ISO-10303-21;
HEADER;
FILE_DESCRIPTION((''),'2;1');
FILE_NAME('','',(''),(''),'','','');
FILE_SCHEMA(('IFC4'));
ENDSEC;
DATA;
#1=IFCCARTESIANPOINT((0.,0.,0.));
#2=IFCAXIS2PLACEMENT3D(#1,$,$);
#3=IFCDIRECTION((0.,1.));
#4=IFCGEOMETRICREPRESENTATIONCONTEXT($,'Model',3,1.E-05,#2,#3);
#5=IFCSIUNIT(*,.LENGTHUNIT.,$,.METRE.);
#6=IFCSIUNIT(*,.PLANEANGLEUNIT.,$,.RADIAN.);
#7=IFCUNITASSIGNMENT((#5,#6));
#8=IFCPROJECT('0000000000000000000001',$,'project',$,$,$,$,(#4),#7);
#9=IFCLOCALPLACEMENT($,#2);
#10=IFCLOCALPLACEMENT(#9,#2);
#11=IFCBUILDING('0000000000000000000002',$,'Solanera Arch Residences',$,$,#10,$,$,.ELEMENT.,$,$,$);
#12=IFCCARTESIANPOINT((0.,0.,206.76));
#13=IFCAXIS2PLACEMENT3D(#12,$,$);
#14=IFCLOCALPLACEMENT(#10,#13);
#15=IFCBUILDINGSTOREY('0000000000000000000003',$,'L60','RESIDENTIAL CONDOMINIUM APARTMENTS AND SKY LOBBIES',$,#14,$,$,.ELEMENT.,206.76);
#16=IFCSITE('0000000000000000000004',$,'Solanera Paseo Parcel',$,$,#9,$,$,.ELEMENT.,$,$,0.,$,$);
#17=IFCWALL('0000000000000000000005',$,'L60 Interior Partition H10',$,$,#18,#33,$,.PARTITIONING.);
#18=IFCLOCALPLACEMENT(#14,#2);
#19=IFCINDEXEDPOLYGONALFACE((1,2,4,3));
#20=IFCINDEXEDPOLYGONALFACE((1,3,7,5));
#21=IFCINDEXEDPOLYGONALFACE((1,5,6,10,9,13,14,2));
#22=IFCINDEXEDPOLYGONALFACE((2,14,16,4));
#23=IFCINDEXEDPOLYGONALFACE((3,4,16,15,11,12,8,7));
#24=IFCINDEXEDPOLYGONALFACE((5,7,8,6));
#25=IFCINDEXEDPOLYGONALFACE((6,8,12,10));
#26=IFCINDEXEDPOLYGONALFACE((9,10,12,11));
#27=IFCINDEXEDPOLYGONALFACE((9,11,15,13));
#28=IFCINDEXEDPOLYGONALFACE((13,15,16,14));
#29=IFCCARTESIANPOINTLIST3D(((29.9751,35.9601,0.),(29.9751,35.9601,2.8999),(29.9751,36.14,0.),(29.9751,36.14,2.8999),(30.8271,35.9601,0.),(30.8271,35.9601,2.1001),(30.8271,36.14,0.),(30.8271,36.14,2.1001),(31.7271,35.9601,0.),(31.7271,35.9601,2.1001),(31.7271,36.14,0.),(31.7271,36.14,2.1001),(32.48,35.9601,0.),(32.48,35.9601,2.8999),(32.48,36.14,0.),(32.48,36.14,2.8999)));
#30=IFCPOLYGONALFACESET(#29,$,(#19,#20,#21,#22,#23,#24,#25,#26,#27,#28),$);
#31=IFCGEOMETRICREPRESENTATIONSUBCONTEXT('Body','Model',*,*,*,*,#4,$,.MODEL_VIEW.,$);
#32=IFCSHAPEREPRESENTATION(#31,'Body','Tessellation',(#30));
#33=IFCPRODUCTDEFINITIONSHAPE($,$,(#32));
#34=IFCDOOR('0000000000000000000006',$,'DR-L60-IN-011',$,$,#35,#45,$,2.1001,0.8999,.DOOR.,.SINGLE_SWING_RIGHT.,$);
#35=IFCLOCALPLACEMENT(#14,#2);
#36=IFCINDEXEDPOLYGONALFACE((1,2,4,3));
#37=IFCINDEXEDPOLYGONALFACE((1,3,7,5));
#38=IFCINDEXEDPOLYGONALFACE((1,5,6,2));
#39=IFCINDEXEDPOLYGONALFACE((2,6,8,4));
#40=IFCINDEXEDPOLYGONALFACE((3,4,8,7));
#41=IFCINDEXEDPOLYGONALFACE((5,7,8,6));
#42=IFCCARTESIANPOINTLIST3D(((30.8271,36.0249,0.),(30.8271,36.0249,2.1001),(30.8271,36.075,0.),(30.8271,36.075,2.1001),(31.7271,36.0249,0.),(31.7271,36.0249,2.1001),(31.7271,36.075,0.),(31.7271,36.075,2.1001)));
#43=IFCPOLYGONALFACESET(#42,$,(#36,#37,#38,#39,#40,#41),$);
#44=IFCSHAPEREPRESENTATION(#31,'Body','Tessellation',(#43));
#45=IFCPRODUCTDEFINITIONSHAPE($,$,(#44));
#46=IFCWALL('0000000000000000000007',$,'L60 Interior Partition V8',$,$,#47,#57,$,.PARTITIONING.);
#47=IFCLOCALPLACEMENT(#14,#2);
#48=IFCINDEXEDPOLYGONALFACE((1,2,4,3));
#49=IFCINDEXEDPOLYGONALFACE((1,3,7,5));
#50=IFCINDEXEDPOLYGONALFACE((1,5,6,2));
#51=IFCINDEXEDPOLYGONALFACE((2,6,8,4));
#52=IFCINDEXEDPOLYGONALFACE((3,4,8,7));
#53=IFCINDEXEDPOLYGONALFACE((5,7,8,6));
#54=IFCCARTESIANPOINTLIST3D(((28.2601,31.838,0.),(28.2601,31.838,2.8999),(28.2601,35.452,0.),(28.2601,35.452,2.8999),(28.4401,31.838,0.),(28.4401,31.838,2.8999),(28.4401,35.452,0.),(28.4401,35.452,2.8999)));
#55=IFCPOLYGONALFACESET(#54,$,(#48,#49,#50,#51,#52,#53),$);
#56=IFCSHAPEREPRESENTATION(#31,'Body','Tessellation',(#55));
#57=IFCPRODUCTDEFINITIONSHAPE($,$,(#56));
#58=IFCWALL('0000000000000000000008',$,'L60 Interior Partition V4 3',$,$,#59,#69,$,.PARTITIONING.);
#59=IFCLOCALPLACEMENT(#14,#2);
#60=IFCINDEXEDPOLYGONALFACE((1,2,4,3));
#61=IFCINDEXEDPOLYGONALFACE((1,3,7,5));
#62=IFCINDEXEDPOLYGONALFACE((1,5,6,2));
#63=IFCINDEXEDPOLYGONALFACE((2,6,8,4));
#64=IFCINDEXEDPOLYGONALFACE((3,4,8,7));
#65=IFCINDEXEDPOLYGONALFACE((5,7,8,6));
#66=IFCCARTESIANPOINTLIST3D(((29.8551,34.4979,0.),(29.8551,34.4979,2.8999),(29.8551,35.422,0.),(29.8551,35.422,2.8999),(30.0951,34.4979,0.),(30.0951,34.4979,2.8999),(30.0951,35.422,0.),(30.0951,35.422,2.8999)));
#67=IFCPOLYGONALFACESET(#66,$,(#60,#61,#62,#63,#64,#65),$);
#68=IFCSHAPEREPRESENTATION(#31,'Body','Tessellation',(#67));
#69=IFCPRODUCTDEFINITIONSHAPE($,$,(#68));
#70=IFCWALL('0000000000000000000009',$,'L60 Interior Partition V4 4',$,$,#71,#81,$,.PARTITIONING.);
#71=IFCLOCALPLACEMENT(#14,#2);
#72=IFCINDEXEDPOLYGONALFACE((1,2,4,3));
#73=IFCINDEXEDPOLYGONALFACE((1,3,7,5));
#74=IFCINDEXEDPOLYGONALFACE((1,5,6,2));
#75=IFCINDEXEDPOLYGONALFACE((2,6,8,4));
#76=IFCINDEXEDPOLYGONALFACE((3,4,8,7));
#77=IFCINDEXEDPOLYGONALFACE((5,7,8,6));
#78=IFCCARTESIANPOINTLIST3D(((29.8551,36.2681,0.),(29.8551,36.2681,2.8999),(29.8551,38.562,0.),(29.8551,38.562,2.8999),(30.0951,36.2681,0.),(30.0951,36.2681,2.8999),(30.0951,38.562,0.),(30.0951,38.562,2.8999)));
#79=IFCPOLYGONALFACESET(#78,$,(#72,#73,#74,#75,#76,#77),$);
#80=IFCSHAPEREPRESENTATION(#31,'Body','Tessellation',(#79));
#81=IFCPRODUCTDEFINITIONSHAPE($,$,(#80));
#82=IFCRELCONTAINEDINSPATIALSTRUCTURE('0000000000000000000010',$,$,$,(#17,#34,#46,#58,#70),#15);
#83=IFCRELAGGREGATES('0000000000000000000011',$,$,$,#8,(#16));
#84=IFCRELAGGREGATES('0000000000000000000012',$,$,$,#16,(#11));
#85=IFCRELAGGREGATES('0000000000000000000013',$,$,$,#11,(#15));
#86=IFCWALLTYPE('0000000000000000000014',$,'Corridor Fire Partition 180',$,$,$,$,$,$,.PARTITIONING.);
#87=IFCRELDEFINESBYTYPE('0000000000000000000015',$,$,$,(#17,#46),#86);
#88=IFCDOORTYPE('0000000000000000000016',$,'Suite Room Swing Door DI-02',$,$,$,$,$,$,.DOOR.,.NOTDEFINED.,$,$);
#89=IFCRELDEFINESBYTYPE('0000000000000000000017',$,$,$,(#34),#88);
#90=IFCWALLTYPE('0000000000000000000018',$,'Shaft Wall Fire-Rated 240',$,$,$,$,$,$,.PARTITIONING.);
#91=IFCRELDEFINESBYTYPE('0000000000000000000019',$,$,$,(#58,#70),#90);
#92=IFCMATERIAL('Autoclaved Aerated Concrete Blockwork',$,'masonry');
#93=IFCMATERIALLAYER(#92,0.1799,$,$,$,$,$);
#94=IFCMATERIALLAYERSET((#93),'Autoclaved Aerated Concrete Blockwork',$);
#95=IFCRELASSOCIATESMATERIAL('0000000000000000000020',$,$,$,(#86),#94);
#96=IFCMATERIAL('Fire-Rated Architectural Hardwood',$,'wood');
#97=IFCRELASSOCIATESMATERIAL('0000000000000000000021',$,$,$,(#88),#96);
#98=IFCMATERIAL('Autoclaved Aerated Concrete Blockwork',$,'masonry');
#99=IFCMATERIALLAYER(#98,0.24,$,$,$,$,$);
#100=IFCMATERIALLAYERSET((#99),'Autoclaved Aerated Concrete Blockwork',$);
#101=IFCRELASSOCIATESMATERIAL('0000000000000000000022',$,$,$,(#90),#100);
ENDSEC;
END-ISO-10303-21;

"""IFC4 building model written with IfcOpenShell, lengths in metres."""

from ifc_helpers import new_model, si_unit, direction, frame, frame_2d, origin, place, context, subcontext, project, spatial, rectangle, extrude, material, layer, layer_set, type_object, element, fill, save


model = new_model("IFC4")

# Units and contexts
model_context = context("Model", 3, precision=1e-05, world=origin(), true_north=direction((0.0, 1.0)))
body_context = subcontext(model_context, "Body", "Model", "MODEL_VIEW")
ifc_project = project(units=[si_unit("LENGTHUNIT", "METRE"), si_unit("PLANEANGLEUNIT", "RADIAN")], contexts=[model_context])

# Site, building, storey
site_placement = place(None, origin())
site = spatial("IfcSite", under=ifc_project, at=site_placement, Name="Solanera Paseo Parcel", CompositionType="ELEMENT", RefElevation=0.0)
building_placement = place(site_placement, origin())
building = spatial("IfcBuilding", under=site, at=building_placement, Name="Solanera Arch Residences", CompositionType="ELEMENT")
storey_placement = place(building_placement, frame((0.0, 0.0, 206.76)))
storey = spatial("IfcBuildingStorey", under=building, at=storey_placement, Name="L60", Description="RESIDENTIAL CONDOMINIUM APARTMENTS AND SKY LOBBIES", CompositionType="ELEMENT", Elevation=206.76)

# Wall, opening, door
ifc_material_1 = material(Name="Autoclaved Aerated Concrete Blockwork", Category="masonry")
ifc_layer_1 = layer(ifc_material_1, 0.1799)
ifc_layer_set_1 = layer_set([ifc_layer_1], Name="Autoclaved Aerated Concrete Blockwork")
wall_type_1 = type_object("IfcWallType", Name="Corridor Fire Partition 180", PredefinedType="PARTITIONING", material=ifc_layer_set_1)
wall_1_placement = place(storey_placement, frame((29.9751, 36.05, 0.0), z_axis=(0.0, 0.0, 1.0), x_axis=(1.0, 0.0, 0.0)))
wall_1 = element("IfcWall", 1, at=wall_1_placement, inside=storey, type_object=wall_type_1, Name="L60 Interior Partition H10", PredefinedType="PARTITIONING", context=body_context, shape_type="SweptSolid", body=[
    extrude(rectangle(XDim=2.5049, YDim=0.1799, at=frame_2d((1.2524, 0.0))), origin(), (0.0, 0.0, 1.0), 2.8999),
])
opening_1_placement = place(wall_1_placement, frame((0.8521, 0.0, 0.0)))
opening_1 = element("IfcOpeningElement", 2, at=opening_1_placement, cuts=wall_1, PredefinedType="OPENING", context=body_context, shape_type="SweptSolid", body=[
    extrude(rectangle(XDim=0.8999, YDim=2.1001, at=frame_2d((0.45, 1.05))), frame((0.0, 0.1001, 0.0), z_axis=(0.0, -1.0, 0.0), x_axis=(1.0, 0.0, 0.0)), (0.0, 0.0, 1.0), 0.1999),
])
ifc_material_2 = material(Name="Fire-Rated Architectural Hardwood", Category="wood")
door_type_1 = type_object("IfcDoorType", Name="Suite Room Swing Door DI-02", OperationType="NOTDEFINED", PredefinedType="DOOR", material=ifc_material_2)
door_1_placement = place(opening_1_placement, origin())
door_1 = element("IfcDoor", 3, at=door_1_placement, inside=storey, type_object=door_type_1, Name="DR-L60-IN-011", OperationType="SINGLE_SWING_RIGHT", OverallHeight=2.1001, OverallWidth=0.8999, PredefinedType="DOOR", context=body_context, shape_type="SweptSolid", body=[
    extrude(rectangle(XDim=0.8999, YDim=2.1001, at=frame_2d((0.45, 1.05))), frame((0.0, 0.0249, 0.0), z_axis=(0.0, -1.0, 0.0), x_axis=(1.0, 0.0, 0.0)), (0.0, 0.0, 1.0), 0.05),
])
fill(opening_1, door_1)

# Wall
wall_2_placement = place(storey_placement, frame((28.3501, 31.8379, 0.0), z_axis=(0.0, 0.0, 1.0), x_axis=(0.0, 1.0, 0.0)))
element("IfcWall", 4, at=wall_2_placement, inside=storey, type_object=wall_type_1, Name="L60 Interior Partition V8", PredefinedType="PARTITIONING", context=body_context, shape_type="SweptSolid", body=[
    extrude(rectangle(XDim=3.614, YDim=0.1799, at=frame_2d((1.8071, 0.0))), origin(), (0.0, 0.0, 1.0), 2.8999),
])

# Shared definitions
ifc_material_3 = material(Name="Autoclaved Aerated Concrete Blockwork", Category="masonry")
ifc_layer_2 = layer(ifc_material_3, 0.24)
ifc_layer_set_2 = layer_set([ifc_layer_2], Name="Autoclaved Aerated Concrete Blockwork")
wall_type_2 = type_object("IfcWallType", Name="Shaft Wall Fire-Rated 240", PredefinedType="PARTITIONING", material=ifc_layer_set_2)

# Walls
wall_3_placement = place(storey_placement, frame((29.9751, 34.498, 0.0), z_axis=(0.0, 0.0, 1.0), x_axis=(0.0, 1.0, 0.0)))
element("IfcWall", 5, at=wall_3_placement, inside=storey, type_object=wall_type_2, Name="L60 Interior Partition V4 3", PredefinedType="PARTITIONING", context=body_context, shape_type="SweptSolid", body=[
    extrude(rectangle(XDim=0.9241, YDim=0.24, at=frame_2d((0.4619, 0.0))), origin(), (0.0, 0.0, 1.0), 2.8999),
])
wall_4_placement = place(storey_placement, frame((29.9751, 36.2681, 0.0), z_axis=(0.0, 0.0, 1.0), x_axis=(0.0, 1.0, 0.0)))
element("IfcWall", 6, at=wall_4_placement, inside=storey, type_object=wall_type_2, Name="L60 Interior Partition V4 4", PredefinedType="PARTITIONING", context=body_context, shape_type="SweptSolid", body=[
    extrude(rectangle(XDim=2.2939, YDim=0.24, at=frame_2d((1.147, 0.0))), origin(), (0.0, 0.0, 1.0), 2.8999),
])

save(model, "model.ifc")
